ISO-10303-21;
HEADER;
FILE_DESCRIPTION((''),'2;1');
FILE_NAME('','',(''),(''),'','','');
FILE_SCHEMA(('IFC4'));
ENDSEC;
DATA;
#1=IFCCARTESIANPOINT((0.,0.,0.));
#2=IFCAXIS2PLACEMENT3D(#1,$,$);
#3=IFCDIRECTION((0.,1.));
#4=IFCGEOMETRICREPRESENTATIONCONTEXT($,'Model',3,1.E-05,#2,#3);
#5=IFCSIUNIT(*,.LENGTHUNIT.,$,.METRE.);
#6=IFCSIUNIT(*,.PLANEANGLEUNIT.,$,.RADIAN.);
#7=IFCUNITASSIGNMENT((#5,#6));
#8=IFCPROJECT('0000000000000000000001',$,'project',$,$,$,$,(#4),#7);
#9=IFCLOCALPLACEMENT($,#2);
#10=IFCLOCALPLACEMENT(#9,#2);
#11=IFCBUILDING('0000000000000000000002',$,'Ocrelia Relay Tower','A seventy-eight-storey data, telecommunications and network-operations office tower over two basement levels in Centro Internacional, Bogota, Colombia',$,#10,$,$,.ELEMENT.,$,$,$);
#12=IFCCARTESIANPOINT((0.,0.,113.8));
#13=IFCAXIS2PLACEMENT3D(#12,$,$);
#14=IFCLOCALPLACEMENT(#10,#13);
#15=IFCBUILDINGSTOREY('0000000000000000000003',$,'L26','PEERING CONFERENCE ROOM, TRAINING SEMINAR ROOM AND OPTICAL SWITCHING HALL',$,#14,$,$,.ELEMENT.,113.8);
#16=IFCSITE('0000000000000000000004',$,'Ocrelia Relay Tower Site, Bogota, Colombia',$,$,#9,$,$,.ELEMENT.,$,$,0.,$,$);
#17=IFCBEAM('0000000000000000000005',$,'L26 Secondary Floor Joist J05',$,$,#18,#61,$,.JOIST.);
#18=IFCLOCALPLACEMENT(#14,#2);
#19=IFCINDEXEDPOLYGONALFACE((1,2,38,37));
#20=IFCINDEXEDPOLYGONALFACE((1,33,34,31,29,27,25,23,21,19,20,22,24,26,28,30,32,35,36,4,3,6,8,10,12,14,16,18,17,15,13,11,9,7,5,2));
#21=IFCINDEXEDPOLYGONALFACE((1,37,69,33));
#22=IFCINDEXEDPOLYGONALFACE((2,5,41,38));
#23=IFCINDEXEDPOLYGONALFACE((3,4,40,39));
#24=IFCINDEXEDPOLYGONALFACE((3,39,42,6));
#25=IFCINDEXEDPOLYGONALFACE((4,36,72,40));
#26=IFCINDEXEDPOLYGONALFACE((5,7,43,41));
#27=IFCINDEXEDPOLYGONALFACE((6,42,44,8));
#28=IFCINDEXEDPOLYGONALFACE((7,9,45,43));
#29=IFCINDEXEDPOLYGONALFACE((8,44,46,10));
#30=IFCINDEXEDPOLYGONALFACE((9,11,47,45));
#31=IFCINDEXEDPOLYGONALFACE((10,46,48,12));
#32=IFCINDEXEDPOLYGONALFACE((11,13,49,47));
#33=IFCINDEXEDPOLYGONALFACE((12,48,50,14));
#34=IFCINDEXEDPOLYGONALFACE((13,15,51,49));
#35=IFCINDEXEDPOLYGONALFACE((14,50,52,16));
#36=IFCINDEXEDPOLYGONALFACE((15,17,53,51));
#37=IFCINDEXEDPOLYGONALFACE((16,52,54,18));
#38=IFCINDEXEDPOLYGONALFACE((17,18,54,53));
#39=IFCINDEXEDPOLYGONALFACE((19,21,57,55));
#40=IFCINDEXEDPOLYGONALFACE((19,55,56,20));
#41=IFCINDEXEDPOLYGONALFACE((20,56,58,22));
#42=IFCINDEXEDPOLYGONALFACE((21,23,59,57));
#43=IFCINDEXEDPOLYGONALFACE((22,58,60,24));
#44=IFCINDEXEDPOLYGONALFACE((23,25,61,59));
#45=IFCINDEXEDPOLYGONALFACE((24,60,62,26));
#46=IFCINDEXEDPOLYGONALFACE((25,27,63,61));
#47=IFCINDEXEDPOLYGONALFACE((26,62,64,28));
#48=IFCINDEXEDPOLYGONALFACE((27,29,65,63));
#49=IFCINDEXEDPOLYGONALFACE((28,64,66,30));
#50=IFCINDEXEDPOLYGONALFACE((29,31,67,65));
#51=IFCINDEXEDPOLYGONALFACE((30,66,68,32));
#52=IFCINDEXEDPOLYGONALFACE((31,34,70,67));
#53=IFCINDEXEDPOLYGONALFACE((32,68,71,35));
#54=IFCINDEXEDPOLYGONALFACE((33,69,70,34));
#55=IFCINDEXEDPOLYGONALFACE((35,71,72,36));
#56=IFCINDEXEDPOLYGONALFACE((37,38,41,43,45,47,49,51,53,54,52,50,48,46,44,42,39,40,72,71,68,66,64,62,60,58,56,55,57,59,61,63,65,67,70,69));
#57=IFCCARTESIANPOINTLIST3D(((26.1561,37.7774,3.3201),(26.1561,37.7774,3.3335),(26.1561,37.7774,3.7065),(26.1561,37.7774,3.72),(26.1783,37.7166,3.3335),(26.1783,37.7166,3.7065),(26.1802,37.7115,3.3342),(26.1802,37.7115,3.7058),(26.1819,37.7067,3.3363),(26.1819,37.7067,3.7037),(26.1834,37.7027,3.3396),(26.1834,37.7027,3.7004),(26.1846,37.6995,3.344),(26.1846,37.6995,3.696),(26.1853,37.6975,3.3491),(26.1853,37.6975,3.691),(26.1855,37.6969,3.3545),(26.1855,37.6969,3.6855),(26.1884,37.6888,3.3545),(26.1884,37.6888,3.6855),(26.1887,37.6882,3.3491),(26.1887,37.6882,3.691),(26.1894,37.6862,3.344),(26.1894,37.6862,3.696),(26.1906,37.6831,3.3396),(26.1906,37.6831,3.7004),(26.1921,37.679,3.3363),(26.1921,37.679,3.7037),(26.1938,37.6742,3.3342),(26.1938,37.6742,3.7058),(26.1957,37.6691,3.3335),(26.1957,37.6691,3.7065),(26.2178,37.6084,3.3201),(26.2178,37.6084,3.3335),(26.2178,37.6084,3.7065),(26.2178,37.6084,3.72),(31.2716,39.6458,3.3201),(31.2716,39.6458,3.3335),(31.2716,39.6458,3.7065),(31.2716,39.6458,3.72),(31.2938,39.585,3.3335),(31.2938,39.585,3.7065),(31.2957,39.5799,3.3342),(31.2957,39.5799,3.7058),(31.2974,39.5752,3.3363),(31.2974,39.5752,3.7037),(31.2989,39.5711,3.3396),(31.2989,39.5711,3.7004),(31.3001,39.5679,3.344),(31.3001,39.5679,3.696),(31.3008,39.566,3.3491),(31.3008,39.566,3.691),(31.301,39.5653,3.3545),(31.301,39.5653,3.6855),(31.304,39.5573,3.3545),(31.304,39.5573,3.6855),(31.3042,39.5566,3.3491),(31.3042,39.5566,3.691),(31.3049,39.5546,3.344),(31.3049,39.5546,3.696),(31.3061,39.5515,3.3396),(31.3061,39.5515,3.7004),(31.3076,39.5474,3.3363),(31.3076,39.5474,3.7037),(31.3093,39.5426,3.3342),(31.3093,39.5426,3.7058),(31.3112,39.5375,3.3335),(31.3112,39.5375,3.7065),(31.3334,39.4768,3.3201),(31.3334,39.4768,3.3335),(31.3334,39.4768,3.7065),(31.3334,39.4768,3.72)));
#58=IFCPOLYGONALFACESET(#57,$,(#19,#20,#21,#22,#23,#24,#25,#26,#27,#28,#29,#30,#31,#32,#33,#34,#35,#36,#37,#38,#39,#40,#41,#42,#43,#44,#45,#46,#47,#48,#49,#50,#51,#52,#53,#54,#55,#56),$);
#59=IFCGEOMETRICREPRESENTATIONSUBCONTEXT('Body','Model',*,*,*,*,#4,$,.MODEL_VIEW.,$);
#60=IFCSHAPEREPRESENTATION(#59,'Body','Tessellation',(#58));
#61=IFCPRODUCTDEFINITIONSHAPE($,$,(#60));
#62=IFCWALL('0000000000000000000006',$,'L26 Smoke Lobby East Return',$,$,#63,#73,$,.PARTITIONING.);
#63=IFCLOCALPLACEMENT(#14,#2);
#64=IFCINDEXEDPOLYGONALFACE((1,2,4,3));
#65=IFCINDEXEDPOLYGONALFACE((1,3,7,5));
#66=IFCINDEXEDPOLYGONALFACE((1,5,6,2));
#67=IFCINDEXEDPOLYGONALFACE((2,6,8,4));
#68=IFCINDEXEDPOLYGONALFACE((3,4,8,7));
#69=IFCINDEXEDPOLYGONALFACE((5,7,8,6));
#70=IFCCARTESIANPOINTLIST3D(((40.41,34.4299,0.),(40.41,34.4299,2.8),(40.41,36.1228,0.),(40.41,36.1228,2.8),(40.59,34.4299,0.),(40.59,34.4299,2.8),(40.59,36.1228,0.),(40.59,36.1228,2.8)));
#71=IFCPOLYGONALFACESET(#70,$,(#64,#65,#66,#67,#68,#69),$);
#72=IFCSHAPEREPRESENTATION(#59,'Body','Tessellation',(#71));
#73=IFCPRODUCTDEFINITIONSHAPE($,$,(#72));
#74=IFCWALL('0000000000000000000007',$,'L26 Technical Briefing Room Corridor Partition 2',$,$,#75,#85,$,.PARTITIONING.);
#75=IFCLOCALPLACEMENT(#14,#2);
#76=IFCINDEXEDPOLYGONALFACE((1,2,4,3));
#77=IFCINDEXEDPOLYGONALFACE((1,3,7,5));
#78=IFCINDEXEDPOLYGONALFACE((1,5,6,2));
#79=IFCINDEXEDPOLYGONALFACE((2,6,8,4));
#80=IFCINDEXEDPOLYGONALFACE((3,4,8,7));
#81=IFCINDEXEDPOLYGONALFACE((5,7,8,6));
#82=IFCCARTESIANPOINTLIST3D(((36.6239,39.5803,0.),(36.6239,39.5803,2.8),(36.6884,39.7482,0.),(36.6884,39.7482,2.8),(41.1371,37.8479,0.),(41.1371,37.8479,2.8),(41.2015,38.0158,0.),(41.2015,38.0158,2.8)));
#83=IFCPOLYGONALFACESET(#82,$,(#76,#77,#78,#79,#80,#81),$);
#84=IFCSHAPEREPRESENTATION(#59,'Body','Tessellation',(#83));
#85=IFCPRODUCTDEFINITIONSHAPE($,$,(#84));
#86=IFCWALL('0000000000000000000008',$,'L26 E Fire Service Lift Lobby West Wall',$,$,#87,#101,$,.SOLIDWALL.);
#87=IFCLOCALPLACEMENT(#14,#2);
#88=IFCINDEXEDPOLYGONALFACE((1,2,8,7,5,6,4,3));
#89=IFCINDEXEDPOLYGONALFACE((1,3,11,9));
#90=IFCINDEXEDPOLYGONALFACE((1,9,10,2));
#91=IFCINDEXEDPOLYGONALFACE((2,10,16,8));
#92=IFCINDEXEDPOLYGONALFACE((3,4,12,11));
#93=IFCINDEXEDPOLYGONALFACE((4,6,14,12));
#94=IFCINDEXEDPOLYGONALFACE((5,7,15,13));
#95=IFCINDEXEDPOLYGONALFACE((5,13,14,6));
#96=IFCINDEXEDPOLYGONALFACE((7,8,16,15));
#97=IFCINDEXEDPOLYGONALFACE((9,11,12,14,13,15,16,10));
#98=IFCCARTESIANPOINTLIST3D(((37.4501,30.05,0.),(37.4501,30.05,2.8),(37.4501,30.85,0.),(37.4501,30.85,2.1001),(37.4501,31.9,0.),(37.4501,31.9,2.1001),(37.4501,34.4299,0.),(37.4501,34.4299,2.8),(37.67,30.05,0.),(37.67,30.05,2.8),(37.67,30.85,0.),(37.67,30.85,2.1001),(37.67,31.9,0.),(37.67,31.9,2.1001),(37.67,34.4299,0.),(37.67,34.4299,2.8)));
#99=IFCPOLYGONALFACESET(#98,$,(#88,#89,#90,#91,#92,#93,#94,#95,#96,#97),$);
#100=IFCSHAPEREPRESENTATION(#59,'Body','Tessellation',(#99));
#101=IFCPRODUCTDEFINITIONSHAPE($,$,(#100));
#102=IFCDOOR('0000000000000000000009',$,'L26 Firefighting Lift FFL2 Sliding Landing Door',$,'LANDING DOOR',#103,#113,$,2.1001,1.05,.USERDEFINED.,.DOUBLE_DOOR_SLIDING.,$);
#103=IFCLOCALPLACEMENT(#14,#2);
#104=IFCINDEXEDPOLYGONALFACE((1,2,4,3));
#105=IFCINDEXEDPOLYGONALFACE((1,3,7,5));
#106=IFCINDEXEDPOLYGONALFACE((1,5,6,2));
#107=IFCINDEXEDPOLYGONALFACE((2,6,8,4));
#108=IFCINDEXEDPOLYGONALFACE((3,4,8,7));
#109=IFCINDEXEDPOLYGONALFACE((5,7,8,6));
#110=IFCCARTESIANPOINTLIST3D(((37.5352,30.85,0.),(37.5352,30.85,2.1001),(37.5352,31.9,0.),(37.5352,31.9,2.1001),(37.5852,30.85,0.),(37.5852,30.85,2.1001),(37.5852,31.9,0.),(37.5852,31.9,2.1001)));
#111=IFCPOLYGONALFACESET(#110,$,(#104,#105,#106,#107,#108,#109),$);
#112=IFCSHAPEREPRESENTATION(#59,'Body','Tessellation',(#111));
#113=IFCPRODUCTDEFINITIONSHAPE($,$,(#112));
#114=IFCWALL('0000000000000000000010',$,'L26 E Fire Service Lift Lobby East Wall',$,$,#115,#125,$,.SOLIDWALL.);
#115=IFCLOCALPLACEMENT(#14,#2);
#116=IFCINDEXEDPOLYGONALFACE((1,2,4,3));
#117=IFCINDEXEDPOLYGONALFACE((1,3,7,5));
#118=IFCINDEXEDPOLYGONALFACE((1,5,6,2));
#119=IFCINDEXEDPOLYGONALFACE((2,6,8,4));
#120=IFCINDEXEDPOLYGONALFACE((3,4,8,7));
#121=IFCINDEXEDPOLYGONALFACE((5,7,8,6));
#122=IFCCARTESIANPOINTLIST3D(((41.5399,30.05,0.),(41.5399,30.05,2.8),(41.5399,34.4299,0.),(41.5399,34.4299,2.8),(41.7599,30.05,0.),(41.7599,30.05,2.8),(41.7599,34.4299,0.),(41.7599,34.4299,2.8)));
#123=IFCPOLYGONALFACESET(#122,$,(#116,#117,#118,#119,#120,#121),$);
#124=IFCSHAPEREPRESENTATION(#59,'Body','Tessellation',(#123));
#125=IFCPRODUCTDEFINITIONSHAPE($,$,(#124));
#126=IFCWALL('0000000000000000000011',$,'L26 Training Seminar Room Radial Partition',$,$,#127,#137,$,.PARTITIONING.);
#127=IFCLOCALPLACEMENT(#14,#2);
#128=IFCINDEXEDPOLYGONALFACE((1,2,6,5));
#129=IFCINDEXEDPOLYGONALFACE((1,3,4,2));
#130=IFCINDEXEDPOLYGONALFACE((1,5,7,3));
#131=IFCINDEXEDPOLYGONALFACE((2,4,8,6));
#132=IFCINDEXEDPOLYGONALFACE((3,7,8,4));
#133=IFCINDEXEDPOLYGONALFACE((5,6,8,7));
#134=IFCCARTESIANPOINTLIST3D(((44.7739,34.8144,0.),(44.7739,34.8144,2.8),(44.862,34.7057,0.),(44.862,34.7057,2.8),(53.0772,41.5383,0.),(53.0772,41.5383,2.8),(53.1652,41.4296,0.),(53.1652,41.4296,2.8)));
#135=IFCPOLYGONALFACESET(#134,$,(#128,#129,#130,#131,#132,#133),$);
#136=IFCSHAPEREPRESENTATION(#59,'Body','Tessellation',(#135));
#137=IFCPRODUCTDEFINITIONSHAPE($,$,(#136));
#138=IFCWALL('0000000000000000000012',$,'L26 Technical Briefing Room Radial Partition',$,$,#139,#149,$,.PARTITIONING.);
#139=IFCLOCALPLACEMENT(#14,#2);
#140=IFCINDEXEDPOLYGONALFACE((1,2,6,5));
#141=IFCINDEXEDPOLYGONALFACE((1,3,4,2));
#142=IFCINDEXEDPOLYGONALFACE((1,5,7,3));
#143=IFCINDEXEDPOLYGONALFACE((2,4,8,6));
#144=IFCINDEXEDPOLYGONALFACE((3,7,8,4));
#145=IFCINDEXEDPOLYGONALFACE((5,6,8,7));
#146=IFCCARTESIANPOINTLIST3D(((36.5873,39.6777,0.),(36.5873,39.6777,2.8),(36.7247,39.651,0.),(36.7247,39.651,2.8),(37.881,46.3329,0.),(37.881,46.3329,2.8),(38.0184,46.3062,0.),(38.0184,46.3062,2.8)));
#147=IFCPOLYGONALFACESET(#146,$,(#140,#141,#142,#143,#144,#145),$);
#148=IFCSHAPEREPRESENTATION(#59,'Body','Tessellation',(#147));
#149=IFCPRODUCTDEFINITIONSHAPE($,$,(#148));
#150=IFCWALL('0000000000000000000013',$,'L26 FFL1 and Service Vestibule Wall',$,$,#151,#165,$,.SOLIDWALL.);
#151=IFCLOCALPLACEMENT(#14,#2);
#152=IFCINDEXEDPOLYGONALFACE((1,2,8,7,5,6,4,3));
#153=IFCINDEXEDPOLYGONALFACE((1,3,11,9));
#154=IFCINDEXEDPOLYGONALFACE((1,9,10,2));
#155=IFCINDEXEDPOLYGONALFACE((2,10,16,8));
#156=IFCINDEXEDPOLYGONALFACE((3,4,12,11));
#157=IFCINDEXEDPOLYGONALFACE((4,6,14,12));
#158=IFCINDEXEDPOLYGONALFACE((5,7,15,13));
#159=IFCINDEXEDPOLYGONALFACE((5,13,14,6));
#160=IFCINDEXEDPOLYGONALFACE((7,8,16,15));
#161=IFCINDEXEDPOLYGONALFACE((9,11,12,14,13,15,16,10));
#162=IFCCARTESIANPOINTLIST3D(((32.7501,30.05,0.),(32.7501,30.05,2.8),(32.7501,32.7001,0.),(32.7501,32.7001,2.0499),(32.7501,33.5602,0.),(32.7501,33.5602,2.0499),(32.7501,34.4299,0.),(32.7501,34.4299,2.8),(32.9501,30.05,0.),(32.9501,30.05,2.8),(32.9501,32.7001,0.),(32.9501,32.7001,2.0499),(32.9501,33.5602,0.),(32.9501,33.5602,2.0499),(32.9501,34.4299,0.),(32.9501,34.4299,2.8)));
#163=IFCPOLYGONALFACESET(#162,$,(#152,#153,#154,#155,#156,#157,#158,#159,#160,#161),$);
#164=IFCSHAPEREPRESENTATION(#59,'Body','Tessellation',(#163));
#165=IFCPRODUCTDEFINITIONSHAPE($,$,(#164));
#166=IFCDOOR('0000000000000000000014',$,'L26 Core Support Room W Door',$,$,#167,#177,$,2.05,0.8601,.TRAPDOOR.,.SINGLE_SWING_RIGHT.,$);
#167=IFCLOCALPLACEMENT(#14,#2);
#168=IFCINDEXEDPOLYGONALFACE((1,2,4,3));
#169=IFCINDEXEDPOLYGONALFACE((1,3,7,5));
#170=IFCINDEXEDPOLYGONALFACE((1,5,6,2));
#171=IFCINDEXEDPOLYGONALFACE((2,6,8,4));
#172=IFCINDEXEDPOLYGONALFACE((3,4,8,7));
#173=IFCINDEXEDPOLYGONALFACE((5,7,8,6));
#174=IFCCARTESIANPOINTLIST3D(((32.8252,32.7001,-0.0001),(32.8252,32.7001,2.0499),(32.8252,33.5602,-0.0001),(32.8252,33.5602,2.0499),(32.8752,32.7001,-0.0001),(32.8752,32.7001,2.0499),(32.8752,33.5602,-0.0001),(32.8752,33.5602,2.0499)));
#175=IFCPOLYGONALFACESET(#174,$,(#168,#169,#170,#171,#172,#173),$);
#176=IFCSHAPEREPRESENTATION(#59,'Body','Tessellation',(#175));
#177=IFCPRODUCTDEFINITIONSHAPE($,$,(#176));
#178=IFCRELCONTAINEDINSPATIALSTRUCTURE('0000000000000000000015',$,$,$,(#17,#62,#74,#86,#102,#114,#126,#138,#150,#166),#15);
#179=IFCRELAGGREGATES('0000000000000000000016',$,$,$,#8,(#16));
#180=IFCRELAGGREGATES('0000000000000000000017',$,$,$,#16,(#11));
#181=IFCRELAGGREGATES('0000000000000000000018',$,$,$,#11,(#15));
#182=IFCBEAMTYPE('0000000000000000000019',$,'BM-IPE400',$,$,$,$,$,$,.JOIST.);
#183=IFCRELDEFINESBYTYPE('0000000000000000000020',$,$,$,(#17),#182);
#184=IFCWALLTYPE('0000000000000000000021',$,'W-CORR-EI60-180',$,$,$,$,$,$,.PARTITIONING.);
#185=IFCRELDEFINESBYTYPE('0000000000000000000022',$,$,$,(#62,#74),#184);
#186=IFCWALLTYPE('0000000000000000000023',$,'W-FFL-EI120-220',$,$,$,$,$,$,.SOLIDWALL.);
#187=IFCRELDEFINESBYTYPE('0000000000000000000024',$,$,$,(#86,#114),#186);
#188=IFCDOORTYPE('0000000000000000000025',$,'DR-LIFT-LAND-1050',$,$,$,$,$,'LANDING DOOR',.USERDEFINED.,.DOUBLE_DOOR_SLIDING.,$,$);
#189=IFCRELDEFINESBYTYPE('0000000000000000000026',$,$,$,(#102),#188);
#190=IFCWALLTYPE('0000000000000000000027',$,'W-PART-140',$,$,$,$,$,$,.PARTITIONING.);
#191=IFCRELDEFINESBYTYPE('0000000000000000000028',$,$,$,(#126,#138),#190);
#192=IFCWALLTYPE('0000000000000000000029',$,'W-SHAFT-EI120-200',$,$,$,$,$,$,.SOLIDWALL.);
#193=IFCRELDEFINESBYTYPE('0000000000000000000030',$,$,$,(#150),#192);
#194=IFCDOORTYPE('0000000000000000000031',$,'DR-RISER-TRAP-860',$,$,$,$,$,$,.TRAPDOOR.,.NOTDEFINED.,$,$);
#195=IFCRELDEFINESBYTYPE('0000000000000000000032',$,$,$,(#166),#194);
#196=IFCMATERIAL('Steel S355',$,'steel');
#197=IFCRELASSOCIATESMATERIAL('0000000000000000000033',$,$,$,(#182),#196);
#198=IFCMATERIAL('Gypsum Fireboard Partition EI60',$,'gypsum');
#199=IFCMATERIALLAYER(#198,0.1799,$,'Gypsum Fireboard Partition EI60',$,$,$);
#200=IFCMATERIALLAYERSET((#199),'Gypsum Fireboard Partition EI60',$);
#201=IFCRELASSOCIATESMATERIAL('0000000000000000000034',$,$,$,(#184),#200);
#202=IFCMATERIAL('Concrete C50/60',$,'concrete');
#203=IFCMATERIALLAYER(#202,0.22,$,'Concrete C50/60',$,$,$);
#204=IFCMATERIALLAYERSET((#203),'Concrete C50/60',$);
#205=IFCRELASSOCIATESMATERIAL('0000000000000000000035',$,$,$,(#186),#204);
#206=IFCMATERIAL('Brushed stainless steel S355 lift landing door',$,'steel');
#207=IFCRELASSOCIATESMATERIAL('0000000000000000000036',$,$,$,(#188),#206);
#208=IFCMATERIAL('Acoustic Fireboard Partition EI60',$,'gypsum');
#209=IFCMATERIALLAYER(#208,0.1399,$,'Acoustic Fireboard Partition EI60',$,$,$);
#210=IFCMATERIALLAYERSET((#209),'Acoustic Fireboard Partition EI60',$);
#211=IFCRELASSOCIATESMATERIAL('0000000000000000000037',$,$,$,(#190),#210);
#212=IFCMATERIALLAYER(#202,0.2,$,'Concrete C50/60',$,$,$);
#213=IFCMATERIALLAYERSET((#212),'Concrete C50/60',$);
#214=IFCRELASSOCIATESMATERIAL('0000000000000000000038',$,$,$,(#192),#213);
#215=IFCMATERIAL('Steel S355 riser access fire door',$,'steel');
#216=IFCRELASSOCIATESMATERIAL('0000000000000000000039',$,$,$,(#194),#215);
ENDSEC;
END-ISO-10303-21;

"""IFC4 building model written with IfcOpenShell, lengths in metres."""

from ifc_helpers import new_model, si_unit, direction, frame, frame_2d, origin, origin_2d, place, context, subcontext, project, spatial, rectangle, i_section, extrude, material, layer, layer_set, material_profile, profile_set, type_object, element, fill, save


model = new_model("IFC4")

# Units and contexts
model_context = context("Model", 3, precision=1e-05, world=origin(), true_north=direction((0.0, 1.0)))
body_context = subcontext(model_context, "Body", "Model", "MODEL_VIEW")
ifc_project = project(units=[si_unit("LENGTHUNIT", "METRE"), si_unit("PLANEANGLEUNIT", "RADIAN")], contexts=[model_context])

# Site, building, storey
site_placement = place(None, origin())
site = spatial("IfcSite", under=ifc_project, at=site_placement, Name="Ocrelia Relay Tower Site, Bogota, Colombia", CompositionType="ELEMENT", RefElevation=0.0)
building_placement = place(site_placement, origin())
building = spatial("IfcBuilding", under=site, at=building_placement, Name="Ocrelia Relay Tower", Description="A seventy-eight-storey data, telecommunications and network-operations office tower over two basement levels in Centro Internacional, Bogota, Colombia", CompositionType="ELEMENT")
storey_placement = place(building_placement, frame((0.0, 0.0, 113.8)))
storey = spatial("IfcBuildingStorey", under=building, at=storey_placement, Name="L26", Description="PEERING CONFERENCE ROOM, TRAINING SEMINAR ROOM AND OPTICAL SWITCHING HALL", CompositionType="ELEMENT", Elevation=113.8)

# Beam
ifc_material_1 = material(Name="Steel S355", Category="steel")
ifc_material_profile_1 = material_profile(ifc_material_1, i_section(OverallWidth=0.1799, OverallDepth=0.3999, WebThickness=0.0085, FlangeThickness=0.0134, FilletRadius=0.021, at=origin_2d()), Name="IPE 400")
ifc_profile_set_1 = profile_set([ifc_material_profile_1], Name="Steel S355")
beam_type = type_object("IfcBeamType", Name="BM-IPE400", PredefinedType="JOIST", material=ifc_profile_set_1)
beam_1_placement = place(storey_placement, frame((31.3025, 39.5613, 3.52), z_axis=(-0.939307, -0.343078, 0.0), x_axis=(0.343078, -0.939307, 0.0)))
element("IfcBeam", 1, at=beam_1_placement, inside=storey, type_object=beam_type, Name="L26 Secondary Floor Joist J05", PredefinedType="JOIST", context=body_context, shape_type="SweptSolid", body=[
    extrude(i_section(OverallWidth=0.1799, OverallDepth=0.3999, WebThickness=0.0085, FlangeThickness=0.0134, FilletRadius=0.021, at=origin_2d()), origin(), (0.0, 0.0, 1.0), 5.446),
])

# Wall
ifc_material_2 = material(Name="Gypsum Fireboard Partition EI60", Category="gypsum")
ifc_layer_1 = layer(ifc_material_2, 0.1799, Name="Gypsum Fireboard Partition EI60")
ifc_layer_set_1 = layer_set([ifc_layer_1], Name="Gypsum Fireboard Partition EI60")
wall_type_1 = type_object("IfcWallType", Name="W-CORR-EI60-180", PredefinedType="PARTITIONING", material=ifc_layer_set_1)
wall_1_placement = place(storey_placement, frame((40.5, 36.1228, 0.0), z_axis=(0.0, 0.0, 1.0), x_axis=(0.0, -1.0, 0.0)))
element("IfcWall", 2, at=wall_1_placement, inside=storey, type_object=wall_type_1, Name="L26 Smoke Lobby East Return", PredefinedType="PARTITIONING", context=body_context, shape_type="SweptSolid", body=[
    extrude(rectangle(XDim=1.6929, YDim=0.1799, at=frame_2d((0.8464, 0.0))), origin(), (0.0, 0.0, 1.0), 2.8),
])

# Wall
wall_2_placement = place(storey_placement, frame((41.1692, 37.9319, 0.0), z_axis=(0.0, 0.0, 1.0), x_axis=(-0.933582, 0.358363, 0.0)))
element("IfcWall", 3, at=wall_2_placement, inside=storey, type_object=wall_type_1, Name="L26 Technical Briefing Room Corridor Partition 2", PredefinedType="PARTITIONING", context=body_context, shape_type="SweptSolid", body=[
    extrude(rectangle(XDim=4.8342, YDim=0.1799, at=frame_2d((2.417, 0.0))), origin(), (0.0, 0.0, 1.0), 2.8),
])

# Wall, opening, door
ifc_material_3 = material(Name="Concrete C50/60", Category="concrete")
ifc_layer_2 = layer(ifc_material_3, 0.22, Name="Concrete C50/60")
ifc_layer_set_2 = layer_set([ifc_layer_2], Name="Concrete C50/60")
wall_type_2 = type_object("IfcWallType", Name="W-FFL-EI120-220", PredefinedType="SOLIDWALL", material=ifc_layer_set_2)
wall_3_placement = place(storey_placement, frame((37.5601, 30.05, 0.0), z_axis=(0.0, 0.0, 1.0), x_axis=(0.0, 1.0, 0.0)))
wall_3 = element("IfcWall", 4, at=wall_3_placement, inside=storey, type_object=wall_type_2, Name="L26 E Fire Service Lift Lobby West Wall", PredefinedType="SOLIDWALL", context=body_context, shape_type="SweptSolid", body=[
    extrude(rectangle(XDim=4.3799, YDim=0.22, at=frame_2d((2.1899, 0.0))), origin(), (0.0, 0.0, 1.0), 2.8),
])
opening_1_placement = place(wall_3_placement, frame((0.8, 0.0, 0.0)))
opening_1 = element("IfcOpeningElement", 5, at=opening_1_placement, cuts=wall_3, PredefinedType="OPENING", context=body_context, shape_type="SweptSolid", body=[
    extrude(rectangle(XDim=1.05, YDim=2.1001, at=frame_2d((0.5249, 1.05))), frame((0.0, 0.1201, 0.0), z_axis=(0.0, -1.0, 0.0), x_axis=(1.0, 0.0, 0.0)), (0.0, 0.0, 1.0), 0.24),
])
ifc_material_4 = material(Name="Brushed stainless steel S355 lift landing door", Category="steel")
door_type_1 = type_object("IfcDoorType", Name="DR-LIFT-LAND-1050", ElementType="LANDING DOOR", OperationType="DOUBLE_DOOR_SLIDING", PredefinedType="USERDEFINED", material=ifc_material_4)
door_1_placement = place(opening_1_placement, origin())
door_1 = element("IfcDoor", 6, at=door_1_placement, inside=storey, type_object=door_type_1, Name="L26 Firefighting Lift FFL2 Sliding Landing Door", ObjectType="LANDING DOOR", OperationType="DOUBLE_DOOR_SLIDING", OverallHeight=2.1001, OverallWidth=1.05, PredefinedType="USERDEFINED", context=body_context, shape_type="SweptSolid", body=[
    extrude(rectangle(XDim=1.05, YDim=2.1001, at=frame_2d((0.5249, 1.05))), frame((0.0, 0.0249, 0.0), z_axis=(0.0, -1.0, 0.0), x_axis=(1.0, 0.0, 0.0)), (0.0, 0.0, 1.0), 0.05),
])
fill(opening_1, door_1)

# Wall
wall_4_placement = place(storey_placement, frame((41.6499, 30.05, 0.0), z_axis=(0.0, 0.0, 1.0), x_axis=(0.0, 1.0, 0.0)))
element("IfcWall", 7, at=wall_4_placement, inside=storey, type_object=wall_type_2, Name="L26 E Fire Service Lift Lobby East Wall", PredefinedType="SOLIDWALL", context=body_context, shape_type="SweptSolid", body=[
    extrude(rectangle(XDim=4.3799, YDim=0.22, at=frame_2d((2.1899, 0.0))), origin(), (0.0, 0.0, 1.0), 2.8),
])

# Walls
ifc_material_5 = material(Name="Acoustic Fireboard Partition EI60", Category="gypsum")
ifc_layer_3 = layer(ifc_material_5, 0.1399, Name="Acoustic Fireboard Partition EI60")
ifc_layer_set_3 = layer_set([ifc_layer_3], Name="Acoustic Fireboard Partition EI60")
wall_type_3 = type_object("IfcWallType", Name="W-PART-140", PredefinedType="PARTITIONING", material=ifc_layer_set_3)
wall_5_placement = place(storey_placement, frame((44.8179, 34.76, 0.0), z_axis=(0.0, 0.0, 1.0), x_axis=(0.777143, 0.629324, 0.0)))
element("IfcWall", 8, at=wall_5_placement, inside=storey, type_object=wall_type_3, Name="L26 Training Seminar Room Radial Partition", PredefinedType="PARTITIONING", context=body_context, shape_type="SweptSolid", body=[
    extrude(rectangle(XDim=10.6843, YDim=0.1399, at=frame_2d((5.3423, 0.0))), origin(), (0.0, 0.0, 1.0), 2.8),
])
wall_6_placement = place(storey_placement, frame((36.656, 39.6643, 0.0), z_axis=(0.0, 0.0, 1.0), x_axis=(0.190816, 0.981626, 0.0)))
element("IfcWall", 9, at=wall_6_placement, inside=storey, type_object=wall_type_3, Name="L26 Technical Briefing Room Radial Partition", PredefinedType="PARTITIONING", context=body_context, shape_type="SweptSolid", body=[
    extrude(rectangle(XDim=6.7798, YDim=0.1399, at=frame_2d((3.3899, 0.0))), origin(), (0.0, 0.0, 1.0), 2.8),
])

# Wall, opening, door
ifc_layer_4 = layer(ifc_material_3, 0.2, Name="Concrete C50/60")
ifc_layer_set_4 = layer_set([ifc_layer_4], Name="Concrete C50/60")
wall_type_4 = type_object("IfcWallType", Name="W-SHAFT-EI120-200", PredefinedType="SOLIDWALL", material=ifc_layer_set_4)
wall_7_placement = place(storey_placement, frame((32.8501, 30.05, 0.0), z_axis=(0.0, 0.0, 1.0), x_axis=(0.0, 1.0, 0.0)))
wall_7 = element("IfcWall", 10, at=wall_7_placement, inside=storey, type_object=wall_type_4, Name="L26 FFL1 and Service Vestibule Wall", PredefinedType="SOLIDWALL", context=body_context, shape_type="SweptSolid", body=[
    extrude(rectangle(XDim=4.3799, YDim=0.2, at=frame_2d((2.1899, 0.0))), origin(), (0.0, 0.0, 1.0), 2.8),
])
opening_2_placement = place(wall_7_placement, frame((2.6499, 0.0, 0.0)))
opening_2 = element("IfcOpeningElement", 11, at=opening_2_placement, cuts=wall_7, PredefinedType="OPENING", context=body_context, shape_type="SweptSolid", body=[
    extrude(rectangle(XDim=0.8601, YDim=2.05, at=frame_2d((0.4302, 1.0249))), frame((0.0, 0.1099, 0.0), z_axis=(0.0, -1.0, 0.0), x_axis=(1.0, 0.0, 0.0)), (0.0, 0.0, 1.0), 0.22),
])
ifc_material_6 = material(Name="Steel S355 riser access fire door", Category="steel")
door_type_2 = type_object("IfcDoorType", Name="DR-RISER-TRAP-860", OperationType="NOTDEFINED", PredefinedType="TRAPDOOR", material=ifc_material_6)
door_2_placement = place(opening_2_placement, origin())
door_2 = element("IfcDoor", 12, at=door_2_placement, inside=storey, type_object=door_type_2, Name="L26 Core Support Room W Door", OperationType="SINGLE_SWING_RIGHT", OverallHeight=2.05, OverallWidth=0.8601, PredefinedType="TRAPDOOR", context=body_context, shape_type="SweptSolid", body=[
    extrude(rectangle(XDim=0.8601, YDim=2.05, at=frame_2d((0.4302, 1.0249))), frame((0.0, 0.0249, 0.0), z_axis=(0.0, -1.0, 0.0), x_axis=(1.0, 0.0, 0.0)), (0.0, 0.0, 1.0), 0.05),
])
fill(opening_2, door_2)

save(model, "model.ifc")
